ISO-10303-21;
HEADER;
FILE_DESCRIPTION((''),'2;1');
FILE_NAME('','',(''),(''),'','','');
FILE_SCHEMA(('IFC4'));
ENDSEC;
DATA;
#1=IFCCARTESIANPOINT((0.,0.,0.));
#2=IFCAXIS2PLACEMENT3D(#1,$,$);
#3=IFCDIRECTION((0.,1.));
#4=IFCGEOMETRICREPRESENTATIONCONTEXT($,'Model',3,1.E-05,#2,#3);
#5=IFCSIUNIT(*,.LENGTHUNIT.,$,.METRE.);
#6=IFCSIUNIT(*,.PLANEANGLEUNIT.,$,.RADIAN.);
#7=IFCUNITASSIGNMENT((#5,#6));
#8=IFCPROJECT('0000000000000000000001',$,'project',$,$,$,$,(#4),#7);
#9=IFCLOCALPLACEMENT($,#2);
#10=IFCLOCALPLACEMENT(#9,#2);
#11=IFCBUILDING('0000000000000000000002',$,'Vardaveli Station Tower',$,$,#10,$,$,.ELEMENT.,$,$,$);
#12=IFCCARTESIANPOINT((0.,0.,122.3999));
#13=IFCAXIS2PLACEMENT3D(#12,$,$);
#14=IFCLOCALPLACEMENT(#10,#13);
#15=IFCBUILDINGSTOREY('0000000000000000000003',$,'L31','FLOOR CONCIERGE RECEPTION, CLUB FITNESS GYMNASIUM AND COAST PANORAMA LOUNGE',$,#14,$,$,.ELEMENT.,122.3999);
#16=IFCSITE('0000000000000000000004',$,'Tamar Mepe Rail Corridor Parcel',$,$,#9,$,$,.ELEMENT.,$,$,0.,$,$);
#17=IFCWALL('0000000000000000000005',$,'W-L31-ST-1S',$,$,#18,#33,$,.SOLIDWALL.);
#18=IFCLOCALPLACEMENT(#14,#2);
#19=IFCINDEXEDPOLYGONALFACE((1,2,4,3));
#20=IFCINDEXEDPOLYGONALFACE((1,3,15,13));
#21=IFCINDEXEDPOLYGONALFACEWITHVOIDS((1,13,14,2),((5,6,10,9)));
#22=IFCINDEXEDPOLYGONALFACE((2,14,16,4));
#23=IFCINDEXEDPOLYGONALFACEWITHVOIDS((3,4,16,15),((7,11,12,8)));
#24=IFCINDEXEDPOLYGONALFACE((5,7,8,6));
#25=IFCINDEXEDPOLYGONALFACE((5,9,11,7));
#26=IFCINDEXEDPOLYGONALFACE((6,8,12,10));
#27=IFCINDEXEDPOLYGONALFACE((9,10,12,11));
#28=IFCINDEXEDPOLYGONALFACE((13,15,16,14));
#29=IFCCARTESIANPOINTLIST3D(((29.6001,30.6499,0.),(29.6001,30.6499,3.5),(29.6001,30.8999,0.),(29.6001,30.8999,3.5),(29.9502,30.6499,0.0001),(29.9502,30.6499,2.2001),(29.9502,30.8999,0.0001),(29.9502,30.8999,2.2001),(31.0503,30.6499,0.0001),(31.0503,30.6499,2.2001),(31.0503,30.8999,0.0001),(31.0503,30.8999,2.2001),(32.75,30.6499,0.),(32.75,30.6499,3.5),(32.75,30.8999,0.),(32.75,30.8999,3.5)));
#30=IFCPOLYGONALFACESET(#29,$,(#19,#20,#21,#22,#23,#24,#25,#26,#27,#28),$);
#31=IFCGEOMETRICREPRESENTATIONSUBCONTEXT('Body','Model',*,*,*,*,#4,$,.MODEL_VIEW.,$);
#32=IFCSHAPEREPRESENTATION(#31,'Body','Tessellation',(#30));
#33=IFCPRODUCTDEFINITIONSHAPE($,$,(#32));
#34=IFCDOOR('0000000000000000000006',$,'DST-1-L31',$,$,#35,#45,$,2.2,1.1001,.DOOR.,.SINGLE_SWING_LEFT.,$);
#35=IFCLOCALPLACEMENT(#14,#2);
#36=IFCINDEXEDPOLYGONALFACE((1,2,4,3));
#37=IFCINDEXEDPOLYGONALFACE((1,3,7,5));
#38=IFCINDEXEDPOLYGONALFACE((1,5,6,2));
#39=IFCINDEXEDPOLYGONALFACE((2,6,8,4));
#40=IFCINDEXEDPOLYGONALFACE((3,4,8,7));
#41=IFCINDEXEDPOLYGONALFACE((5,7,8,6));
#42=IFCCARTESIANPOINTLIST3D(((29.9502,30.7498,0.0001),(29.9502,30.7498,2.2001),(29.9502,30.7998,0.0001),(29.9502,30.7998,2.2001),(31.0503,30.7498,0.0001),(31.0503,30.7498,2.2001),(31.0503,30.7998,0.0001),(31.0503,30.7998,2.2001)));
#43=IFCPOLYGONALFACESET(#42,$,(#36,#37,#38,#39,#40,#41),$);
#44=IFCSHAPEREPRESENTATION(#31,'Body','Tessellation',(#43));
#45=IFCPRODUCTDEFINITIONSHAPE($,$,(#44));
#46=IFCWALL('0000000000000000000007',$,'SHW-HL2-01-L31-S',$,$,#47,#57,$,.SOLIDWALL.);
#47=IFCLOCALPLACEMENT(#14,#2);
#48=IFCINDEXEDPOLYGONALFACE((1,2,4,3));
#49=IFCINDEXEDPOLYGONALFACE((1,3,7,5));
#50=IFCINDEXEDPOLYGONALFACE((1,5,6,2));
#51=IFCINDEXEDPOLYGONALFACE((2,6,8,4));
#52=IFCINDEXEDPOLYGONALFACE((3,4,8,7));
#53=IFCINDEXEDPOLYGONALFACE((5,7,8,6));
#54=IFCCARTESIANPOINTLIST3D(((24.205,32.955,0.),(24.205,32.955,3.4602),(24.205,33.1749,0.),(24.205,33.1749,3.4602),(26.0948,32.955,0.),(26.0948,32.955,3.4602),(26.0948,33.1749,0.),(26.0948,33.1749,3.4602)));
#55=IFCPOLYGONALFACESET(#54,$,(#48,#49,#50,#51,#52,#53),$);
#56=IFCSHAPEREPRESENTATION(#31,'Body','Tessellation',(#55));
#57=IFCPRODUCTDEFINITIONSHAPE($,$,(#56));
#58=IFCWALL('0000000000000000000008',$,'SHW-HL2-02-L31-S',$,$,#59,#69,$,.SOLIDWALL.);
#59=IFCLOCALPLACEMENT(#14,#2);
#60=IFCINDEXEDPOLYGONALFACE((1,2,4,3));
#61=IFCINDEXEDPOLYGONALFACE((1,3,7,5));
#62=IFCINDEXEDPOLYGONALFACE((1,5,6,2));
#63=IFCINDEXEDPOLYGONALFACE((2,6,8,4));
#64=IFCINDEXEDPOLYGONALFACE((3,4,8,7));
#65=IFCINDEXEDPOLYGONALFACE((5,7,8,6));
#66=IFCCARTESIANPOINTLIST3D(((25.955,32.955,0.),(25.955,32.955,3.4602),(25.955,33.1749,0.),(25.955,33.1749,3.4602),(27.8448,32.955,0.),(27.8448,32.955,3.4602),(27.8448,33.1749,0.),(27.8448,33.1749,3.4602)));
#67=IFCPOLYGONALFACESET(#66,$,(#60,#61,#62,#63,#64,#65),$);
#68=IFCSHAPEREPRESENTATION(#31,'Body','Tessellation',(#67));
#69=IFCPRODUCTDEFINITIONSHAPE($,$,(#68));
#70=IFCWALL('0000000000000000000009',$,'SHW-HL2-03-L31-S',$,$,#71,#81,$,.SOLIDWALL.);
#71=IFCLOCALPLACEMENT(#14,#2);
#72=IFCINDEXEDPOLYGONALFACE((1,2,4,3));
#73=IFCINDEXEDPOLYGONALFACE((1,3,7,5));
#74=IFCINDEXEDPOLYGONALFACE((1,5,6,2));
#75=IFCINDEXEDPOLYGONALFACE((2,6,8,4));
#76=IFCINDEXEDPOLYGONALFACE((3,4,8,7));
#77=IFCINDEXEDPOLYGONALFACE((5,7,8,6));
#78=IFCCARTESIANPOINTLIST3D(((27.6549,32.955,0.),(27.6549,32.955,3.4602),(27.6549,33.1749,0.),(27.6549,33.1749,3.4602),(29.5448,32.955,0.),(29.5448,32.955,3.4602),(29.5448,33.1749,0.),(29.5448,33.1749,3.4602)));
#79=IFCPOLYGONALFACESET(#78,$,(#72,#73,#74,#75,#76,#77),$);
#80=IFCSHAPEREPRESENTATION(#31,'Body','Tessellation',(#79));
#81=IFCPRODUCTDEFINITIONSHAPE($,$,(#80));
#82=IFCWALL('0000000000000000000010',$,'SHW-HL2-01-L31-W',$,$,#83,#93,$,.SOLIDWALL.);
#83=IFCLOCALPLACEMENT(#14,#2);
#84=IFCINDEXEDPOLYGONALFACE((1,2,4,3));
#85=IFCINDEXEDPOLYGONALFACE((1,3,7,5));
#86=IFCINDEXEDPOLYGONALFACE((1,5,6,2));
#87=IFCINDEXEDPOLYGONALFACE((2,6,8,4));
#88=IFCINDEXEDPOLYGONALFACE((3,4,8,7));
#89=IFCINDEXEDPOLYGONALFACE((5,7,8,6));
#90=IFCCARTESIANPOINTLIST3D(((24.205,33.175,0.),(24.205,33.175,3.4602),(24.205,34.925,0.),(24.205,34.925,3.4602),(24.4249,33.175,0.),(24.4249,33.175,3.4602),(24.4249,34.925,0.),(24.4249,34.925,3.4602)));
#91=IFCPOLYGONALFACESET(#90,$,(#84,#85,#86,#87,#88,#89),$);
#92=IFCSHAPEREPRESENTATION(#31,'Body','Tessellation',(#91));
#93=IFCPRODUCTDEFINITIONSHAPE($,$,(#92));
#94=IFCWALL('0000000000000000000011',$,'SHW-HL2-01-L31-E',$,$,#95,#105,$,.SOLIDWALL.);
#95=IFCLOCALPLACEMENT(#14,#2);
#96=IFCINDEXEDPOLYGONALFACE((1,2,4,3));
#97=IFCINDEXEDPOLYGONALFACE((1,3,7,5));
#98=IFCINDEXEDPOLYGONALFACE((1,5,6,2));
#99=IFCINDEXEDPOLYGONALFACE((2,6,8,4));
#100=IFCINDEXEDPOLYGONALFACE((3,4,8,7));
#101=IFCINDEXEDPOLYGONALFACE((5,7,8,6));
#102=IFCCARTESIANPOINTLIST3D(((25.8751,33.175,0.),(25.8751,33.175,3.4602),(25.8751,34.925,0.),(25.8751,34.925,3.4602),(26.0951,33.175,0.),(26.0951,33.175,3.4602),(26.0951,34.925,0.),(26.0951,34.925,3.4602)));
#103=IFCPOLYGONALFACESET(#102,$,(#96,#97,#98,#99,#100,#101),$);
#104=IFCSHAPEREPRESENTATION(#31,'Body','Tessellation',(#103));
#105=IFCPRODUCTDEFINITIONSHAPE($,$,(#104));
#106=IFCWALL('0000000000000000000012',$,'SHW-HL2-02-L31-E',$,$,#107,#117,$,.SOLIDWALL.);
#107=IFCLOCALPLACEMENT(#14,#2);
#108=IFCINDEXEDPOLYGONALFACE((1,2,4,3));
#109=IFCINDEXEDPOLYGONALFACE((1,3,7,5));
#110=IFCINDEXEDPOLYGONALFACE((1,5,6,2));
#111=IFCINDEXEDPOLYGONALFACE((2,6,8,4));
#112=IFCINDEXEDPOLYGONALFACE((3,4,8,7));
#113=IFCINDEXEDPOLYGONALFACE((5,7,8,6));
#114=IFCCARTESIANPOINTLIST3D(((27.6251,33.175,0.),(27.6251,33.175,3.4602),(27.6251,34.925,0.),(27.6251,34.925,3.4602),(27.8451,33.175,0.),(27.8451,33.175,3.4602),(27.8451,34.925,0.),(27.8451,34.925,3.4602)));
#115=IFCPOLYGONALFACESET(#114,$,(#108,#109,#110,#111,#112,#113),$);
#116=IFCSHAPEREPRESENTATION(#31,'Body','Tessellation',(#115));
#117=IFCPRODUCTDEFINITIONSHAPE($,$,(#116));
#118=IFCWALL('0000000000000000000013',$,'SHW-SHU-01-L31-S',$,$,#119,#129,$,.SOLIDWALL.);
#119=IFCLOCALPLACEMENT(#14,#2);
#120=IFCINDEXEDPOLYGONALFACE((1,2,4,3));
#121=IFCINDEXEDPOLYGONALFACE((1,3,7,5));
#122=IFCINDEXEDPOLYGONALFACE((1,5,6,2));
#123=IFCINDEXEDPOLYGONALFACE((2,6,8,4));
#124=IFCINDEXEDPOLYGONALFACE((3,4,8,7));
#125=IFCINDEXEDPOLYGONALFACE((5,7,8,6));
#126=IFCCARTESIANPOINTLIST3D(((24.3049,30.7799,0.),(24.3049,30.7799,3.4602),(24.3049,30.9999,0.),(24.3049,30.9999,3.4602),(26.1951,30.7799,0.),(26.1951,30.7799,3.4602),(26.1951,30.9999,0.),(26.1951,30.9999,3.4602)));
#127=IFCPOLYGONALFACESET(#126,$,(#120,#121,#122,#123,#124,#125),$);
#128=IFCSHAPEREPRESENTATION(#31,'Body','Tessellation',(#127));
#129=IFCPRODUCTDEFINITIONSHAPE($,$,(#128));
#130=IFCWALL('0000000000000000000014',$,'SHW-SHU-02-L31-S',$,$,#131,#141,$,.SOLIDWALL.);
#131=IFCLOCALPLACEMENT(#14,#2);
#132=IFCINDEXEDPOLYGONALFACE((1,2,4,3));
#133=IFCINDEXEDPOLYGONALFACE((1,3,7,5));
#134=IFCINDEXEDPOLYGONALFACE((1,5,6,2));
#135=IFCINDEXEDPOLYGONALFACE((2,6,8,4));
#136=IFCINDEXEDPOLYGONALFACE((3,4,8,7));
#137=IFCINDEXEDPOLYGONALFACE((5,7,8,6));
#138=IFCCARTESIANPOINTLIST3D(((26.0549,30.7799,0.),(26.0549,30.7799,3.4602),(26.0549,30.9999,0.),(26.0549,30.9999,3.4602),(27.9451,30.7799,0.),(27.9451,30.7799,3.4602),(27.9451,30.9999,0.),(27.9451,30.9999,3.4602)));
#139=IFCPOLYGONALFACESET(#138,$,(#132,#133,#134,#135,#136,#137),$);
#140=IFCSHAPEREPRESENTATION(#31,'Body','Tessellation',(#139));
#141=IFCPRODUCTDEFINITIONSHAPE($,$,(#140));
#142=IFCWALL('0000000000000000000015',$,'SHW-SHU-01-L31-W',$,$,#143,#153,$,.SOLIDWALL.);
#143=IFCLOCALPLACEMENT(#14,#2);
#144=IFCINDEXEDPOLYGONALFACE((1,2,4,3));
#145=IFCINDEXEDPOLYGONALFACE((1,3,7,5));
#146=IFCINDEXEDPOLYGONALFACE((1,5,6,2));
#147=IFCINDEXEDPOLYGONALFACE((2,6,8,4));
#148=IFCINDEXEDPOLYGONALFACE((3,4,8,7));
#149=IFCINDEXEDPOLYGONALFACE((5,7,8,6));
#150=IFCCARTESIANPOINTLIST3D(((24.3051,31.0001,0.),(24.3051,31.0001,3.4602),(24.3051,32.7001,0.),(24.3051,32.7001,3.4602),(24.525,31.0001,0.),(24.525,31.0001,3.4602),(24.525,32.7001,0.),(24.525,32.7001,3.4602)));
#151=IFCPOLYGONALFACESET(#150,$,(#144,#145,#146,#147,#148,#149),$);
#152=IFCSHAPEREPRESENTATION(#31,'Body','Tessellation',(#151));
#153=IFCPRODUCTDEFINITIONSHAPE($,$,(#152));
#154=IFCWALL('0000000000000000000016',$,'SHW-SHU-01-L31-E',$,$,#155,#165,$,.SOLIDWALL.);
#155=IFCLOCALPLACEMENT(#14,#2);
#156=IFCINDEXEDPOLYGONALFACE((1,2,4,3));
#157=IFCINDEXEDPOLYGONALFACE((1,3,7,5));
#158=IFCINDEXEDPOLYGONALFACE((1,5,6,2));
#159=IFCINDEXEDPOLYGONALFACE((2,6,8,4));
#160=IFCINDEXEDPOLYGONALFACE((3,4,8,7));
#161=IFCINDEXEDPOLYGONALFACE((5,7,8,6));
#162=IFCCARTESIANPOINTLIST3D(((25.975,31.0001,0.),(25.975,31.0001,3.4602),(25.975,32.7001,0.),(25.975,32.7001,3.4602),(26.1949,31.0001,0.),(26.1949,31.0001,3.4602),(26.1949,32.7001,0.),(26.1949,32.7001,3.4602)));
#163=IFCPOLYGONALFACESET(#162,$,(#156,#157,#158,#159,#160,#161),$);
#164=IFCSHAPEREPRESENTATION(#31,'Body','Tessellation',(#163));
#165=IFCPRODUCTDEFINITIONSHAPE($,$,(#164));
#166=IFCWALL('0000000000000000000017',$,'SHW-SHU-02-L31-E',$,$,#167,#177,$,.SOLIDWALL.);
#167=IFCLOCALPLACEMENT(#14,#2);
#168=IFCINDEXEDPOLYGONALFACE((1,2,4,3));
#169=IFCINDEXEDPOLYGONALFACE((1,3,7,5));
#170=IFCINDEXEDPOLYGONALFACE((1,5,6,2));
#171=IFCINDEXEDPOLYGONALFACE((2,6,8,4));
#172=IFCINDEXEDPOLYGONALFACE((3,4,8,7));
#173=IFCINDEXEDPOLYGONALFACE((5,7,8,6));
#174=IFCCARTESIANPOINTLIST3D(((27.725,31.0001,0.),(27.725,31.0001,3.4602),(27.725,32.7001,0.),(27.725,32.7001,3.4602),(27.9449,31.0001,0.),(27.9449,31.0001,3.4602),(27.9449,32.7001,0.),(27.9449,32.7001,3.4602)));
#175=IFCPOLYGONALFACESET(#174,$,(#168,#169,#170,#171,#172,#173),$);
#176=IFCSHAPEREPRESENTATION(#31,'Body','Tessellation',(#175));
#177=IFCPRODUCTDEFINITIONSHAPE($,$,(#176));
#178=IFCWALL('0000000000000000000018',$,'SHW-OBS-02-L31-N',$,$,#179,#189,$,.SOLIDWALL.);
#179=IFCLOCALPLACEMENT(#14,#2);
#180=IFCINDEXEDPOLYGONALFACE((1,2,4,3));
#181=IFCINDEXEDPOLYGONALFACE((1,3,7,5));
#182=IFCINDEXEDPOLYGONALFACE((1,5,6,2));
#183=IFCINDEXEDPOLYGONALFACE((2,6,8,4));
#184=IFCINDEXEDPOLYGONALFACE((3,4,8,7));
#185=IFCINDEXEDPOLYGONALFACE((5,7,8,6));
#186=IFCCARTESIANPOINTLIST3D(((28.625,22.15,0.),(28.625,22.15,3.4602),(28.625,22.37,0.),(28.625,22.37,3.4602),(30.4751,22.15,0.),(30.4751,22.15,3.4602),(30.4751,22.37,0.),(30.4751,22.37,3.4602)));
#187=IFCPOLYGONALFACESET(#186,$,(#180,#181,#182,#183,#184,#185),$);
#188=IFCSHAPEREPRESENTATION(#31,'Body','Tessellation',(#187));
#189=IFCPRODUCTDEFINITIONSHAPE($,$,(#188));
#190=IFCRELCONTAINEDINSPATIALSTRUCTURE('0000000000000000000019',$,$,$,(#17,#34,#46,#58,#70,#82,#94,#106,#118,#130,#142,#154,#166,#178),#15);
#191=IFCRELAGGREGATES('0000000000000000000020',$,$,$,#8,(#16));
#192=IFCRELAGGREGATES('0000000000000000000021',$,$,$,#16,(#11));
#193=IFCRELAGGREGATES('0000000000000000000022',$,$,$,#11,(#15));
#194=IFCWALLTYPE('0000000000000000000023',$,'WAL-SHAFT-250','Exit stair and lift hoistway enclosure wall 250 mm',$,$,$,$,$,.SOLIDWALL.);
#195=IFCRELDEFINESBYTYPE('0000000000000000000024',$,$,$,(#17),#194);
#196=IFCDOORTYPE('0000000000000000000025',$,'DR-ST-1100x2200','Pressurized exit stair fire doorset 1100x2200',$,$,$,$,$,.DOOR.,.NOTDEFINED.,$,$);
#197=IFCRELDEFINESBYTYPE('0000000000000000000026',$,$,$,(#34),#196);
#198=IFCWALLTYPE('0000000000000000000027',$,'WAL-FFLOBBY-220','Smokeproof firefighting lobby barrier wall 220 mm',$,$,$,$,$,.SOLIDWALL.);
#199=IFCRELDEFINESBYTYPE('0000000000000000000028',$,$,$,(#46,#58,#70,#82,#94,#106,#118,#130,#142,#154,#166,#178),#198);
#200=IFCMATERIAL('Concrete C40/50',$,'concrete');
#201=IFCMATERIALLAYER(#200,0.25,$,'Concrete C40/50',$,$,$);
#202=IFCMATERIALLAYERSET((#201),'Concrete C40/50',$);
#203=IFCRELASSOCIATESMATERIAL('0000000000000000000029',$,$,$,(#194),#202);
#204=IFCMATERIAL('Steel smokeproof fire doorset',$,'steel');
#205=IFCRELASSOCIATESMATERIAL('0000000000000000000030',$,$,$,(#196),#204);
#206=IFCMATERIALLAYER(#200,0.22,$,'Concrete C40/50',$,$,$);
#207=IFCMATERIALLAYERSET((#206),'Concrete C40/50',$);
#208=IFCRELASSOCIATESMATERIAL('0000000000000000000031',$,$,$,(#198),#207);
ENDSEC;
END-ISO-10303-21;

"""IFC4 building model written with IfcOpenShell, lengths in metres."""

from ifc_helpers import new_model, si_unit, direction, frame, frame_2d, origin, place, context, subcontext, project, spatial, rectangle, extrude, source, transform, mapped, material, layer, layer_set, type_object, element, fill, save


model = new_model("IFC4")

# Units and contexts
model_context = context("Model", 3, precision=1e-05, world=origin(), true_north=direction((0.0, 1.0)))
body_context = subcontext(model_context, "Body", "Model", "MODEL_VIEW")
ifc_project = project(units=[si_unit("LENGTHUNIT", "METRE"), si_unit("PLANEANGLEUNIT", "RADIAN")], contexts=[model_context])

# Site, building, storey
site_placement = place(None, origin())
site = spatial("IfcSite", under=ifc_project, at=site_placement, Name="Tamar Mepe Rail Corridor Parcel", CompositionType="ELEMENT", RefElevation=0.0)
building_placement = place(site_placement, origin())
building = spatial("IfcBuilding", under=site, at=building_placement, Name="Vardaveli Station Tower", CompositionType="ELEMENT")
storey_placement = place(building_placement, frame((0.0, 0.0, 122.3999)))
storey = spatial("IfcBuildingStorey", under=building, at=storey_placement, Name="L31", Description="FLOOR CONCIERGE RECEPTION, CLUB FITNESS GYMNASIUM AND COAST PANORAMA LOUNGE", CompositionType="ELEMENT", Elevation=122.3999)

# Shared definitions
ifc_material_1 = material(Name="Concrete C40/50", Category="concrete")
ifc_layer_1 = layer(ifc_material_1, 0.25, Name="Concrete C40/50")
ifc_layer_set_1 = layer_set([ifc_layer_1], Name="Concrete C40/50")
wall_type_1 = type_object("IfcWallType", Name="WAL-SHAFT-250", Description="Exit stair and lift hoistway enclosure wall 250 mm", PredefinedType="SOLIDWALL", material=ifc_layer_set_1)

# Wall, opening, door
shared_shape_1 = source(origin(), body_context, "Body", "SweptSolid", [
    extrude(rectangle(XDim=3.1499, YDim=0.25, at=frame_2d((1.575, 0.0))), origin(), (0.0, 0.0, 1.0), 3.5),
])
wall_1_placement = place(storey_placement, frame((29.6001, 30.7749, 0.0), z_axis=(0.0, 0.0, 1.0), x_axis=(1.0, 0.0, 0.0)))
wall_1 = element("IfcWall", 1, at=wall_1_placement, inside=storey, type_object=wall_type_1, Name="W-L31-ST-1S", PredefinedType="SOLIDWALL", context=body_context, shape_type="MappedRepresentation", body=[
    mapped(shared_shape_1, transform((0.0, 0.0, 0.0), scale=1.0)),
])
shared_shape_2 = source(origin(), body_context, "Body", "SweptSolid", [
    extrude(rectangle(XDim=1.1001, YDim=2.2, at=frame_2d((0.55, 1.1001))), frame((0.0, 0.135, 0.0), z_axis=(0.0, -1.0, 0.0), x_axis=(1.0, 0.0, 0.0)), (0.0, 0.0, 1.0), 0.27),
])
opening_placement = place(wall_1_placement, frame((0.3501, 0.0, 0.0)))
opening = element("IfcOpeningElement", 2, at=opening_placement, cuts=wall_1, PredefinedType="OPENING", context=body_context, shape_type="MappedRepresentation", body=[
    mapped(shared_shape_2, transform((0.0, 0.0, 0.0), scale=1.0)),
])
ifc_material_2 = material(Name="Steel smokeproof fire doorset", Category="steel")
door_type = type_object("IfcDoorType", Name="DR-ST-1100x2200", Description="Pressurized exit stair fire doorset 1100x2200", OperationType="NOTDEFINED", PredefinedType="DOOR", material=ifc_material_2)
shared_shape_3 = source(origin(), body_context, "Body", "SweptSolid", [
    extrude(rectangle(XDim=1.1001, YDim=2.2, at=frame_2d((0.55, 1.1001))), frame((0.0, 0.0249, 0.0), z_axis=(0.0, -1.0, 0.0), x_axis=(1.0, 0.0, 0.0)), (0.0, 0.0, 1.0), 0.05),
])
door_placement = place(opening_placement, origin())
door = element("IfcDoor", 3, at=door_placement, inside=storey, type_object=door_type, Name="DST-1-L31", OperationType="SINGLE_SWING_LEFT", OverallHeight=2.2, OverallWidth=1.1001, PredefinedType="DOOR", context=body_context, shape_type="MappedRepresentation", body=[
    mapped(shared_shape_3, transform((0.0, 0.0, 0.0), scale=1.0)),
])
fill(opening, door)

# Walls
ifc_layer_2 = layer(ifc_material_1, 0.22, Name="Concrete C40/50")
ifc_layer_set_2 = layer_set([ifc_layer_2], Name="Concrete C40/50")
wall_type_2 = type_object("IfcWallType", Name="WAL-FFLOBBY-220", Description="Smokeproof firefighting lobby barrier wall 220 mm", PredefinedType="SOLIDWALL", material=ifc_layer_set_2)
shared_shape_4 = source(origin(), body_context, "Body", "SweptSolid", [
    extrude(rectangle(XDim=1.8899, YDim=0.22, at=frame_2d((0.9448, 0.0))), origin(), (0.0, 0.0, 1.0), 3.4602),
])
for number, where, z_axis, x_axis, name in (
    (4, (24.2051, 33.0649, 0.0), (0.0, 0.0, 1.0), (1.0, 0.0, 0.0), "SHW-HL2-01-L31-S"),
    (5, (25.9551, 33.0649, 0.0), (0.0, 0.0, 1.0), (1.0, 0.0, 0.0), "SHW-HL2-02-L31-S"),
    (6, (27.655, 33.0649, 0.0), (0.0, 0.0, 1.0), (1.0, 0.0, 0.0), "SHW-HL2-03-L31-S"),
):
    element("IfcWall", number, at=place(storey_placement, frame(where, z_axis=z_axis, x_axis=x_axis)), inside=storey, type_object=wall_type_2, Name=name, PredefinedType="SOLIDWALL", context=body_context, shape_type="MappedRepresentation", body=[
        mapped(shared_shape_4, transform((0.0, 0.0, 0.0), scale=1.0)),
    ])
shared_shape_5 = source(origin(), body_context, "Body", "SweptSolid", [
    extrude(rectangle(XDim=1.75, YDim=0.22, at=frame_2d((0.875, 0.0))), origin(), (0.0, 0.0, 1.0), 3.4602),
])
for number, where, z_axis, x_axis, name in (
    (7, (24.3149, 33.175, 0.0), (0.0, 0.0, 1.0), (0.0, 1.0, 0.0), "SHW-HL2-01-L31-W"),
    (8, (25.9851, 33.175, 0.0), (0.0, 0.0, 1.0), (0.0, 1.0, 0.0), "SHW-HL2-01-L31-E"),
    (9, (27.7351, 33.175, 0.0), (0.0, 0.0, 1.0), (0.0, 1.0, 0.0), "SHW-HL2-02-L31-E"),
):
    element("IfcWall", number, at=place(storey_placement, frame(where, z_axis=z_axis, x_axis=x_axis)), inside=storey, type_object=wall_type_2, Name=name, PredefinedType="SOLIDWALL", context=body_context, shape_type="MappedRepresentation", body=[
        mapped(shared_shape_5, transform((0.0, 0.0, 0.0), scale=1.0)),
    ])
shared_shape_6 = source(origin(), body_context, "Body", "SweptSolid", [
    extrude(rectangle(XDim=1.8901, YDim=0.22, at=frame_2d((0.9451, 0.0))), origin(), (0.0, 0.0, 1.0), 3.4602),
])
for number, where, z_axis, x_axis, name in (
    (10, (24.3049, 30.8899, 0.0), (0.0, 0.0, 1.0), (1.0, 0.0, 0.0), "SHW-SHU-01-L31-S"),
    (11, (26.0549, 30.8899, 0.0), (0.0, 0.0, 1.0), (1.0, 0.0, 0.0), "SHW-SHU-02-L31-S"),
):
    element("IfcWall", number, at=place(storey_placement, frame(where, z_axis=z_axis, x_axis=x_axis)), inside=storey, type_object=wall_type_2, Name=name, PredefinedType="SOLIDWALL", context=body_context, shape_type="MappedRepresentation", body=[
        mapped(shared_shape_6, transform((0.0, 0.0, 0.0), scale=1.0)),
    ])
shared_shape_7 = source(origin(), body_context, "Body", "SweptSolid", [
    extrude(rectangle(XDim=1.7, YDim=0.22, at=frame_2d((0.8501, 0.0))), origin(), (0.0, 0.0, 1.0), 3.4602),
])
for number, where, z_axis, x_axis, name in (
    (12, (24.415, 31.0, 0.0), (0.0, 0.0, 1.0), (0.0, 1.0, 0.0), "SHW-SHU-01-L31-W"),
    (13, (26.085, 31.0, 0.0), (0.0, 0.0, 1.0), (0.0, 1.0, 0.0), "SHW-SHU-01-L31-E"),
    (14, (27.835, 31.0, 0.0), (0.0, 0.0, 1.0), (0.0, 1.0, 0.0), "SHW-SHU-02-L31-E"),
):
    element("IfcWall", number, at=place(storey_placement, frame(where, z_axis=z_axis, x_axis=x_axis)), inside=storey, type_object=wall_type_2, Name=name, PredefinedType="SOLIDWALL", context=body_context, shape_type="MappedRepresentation", body=[
        mapped(shared_shape_7, transform((0.0, 0.0, 0.0), scale=1.0)),
    ])
shared_shape_8 = source(origin(), body_context, "Body", "SweptSolid", [
    extrude(rectangle(XDim=1.8501, YDim=0.22, at=frame_2d((0.925, 0.0))), origin(), (0.0, 0.0, 1.0), 3.4602),
])
wall_2_placement = place(storey_placement, frame((28.625, 22.26, 0.0), z_axis=(0.0, 0.0, 1.0), x_axis=(1.0, 0.0, 0.0)))
element("IfcWall", 15, at=wall_2_placement, inside=storey, type_object=wall_type_2, Name="SHW-OBS-02-L31-N", PredefinedType="SOLIDWALL", context=body_context, shape_type="MappedRepresentation", body=[
    mapped(shared_shape_8, transform((0.0, 0.0, 0.0), scale=1.0)),
])

save(model, "model.ifc")
